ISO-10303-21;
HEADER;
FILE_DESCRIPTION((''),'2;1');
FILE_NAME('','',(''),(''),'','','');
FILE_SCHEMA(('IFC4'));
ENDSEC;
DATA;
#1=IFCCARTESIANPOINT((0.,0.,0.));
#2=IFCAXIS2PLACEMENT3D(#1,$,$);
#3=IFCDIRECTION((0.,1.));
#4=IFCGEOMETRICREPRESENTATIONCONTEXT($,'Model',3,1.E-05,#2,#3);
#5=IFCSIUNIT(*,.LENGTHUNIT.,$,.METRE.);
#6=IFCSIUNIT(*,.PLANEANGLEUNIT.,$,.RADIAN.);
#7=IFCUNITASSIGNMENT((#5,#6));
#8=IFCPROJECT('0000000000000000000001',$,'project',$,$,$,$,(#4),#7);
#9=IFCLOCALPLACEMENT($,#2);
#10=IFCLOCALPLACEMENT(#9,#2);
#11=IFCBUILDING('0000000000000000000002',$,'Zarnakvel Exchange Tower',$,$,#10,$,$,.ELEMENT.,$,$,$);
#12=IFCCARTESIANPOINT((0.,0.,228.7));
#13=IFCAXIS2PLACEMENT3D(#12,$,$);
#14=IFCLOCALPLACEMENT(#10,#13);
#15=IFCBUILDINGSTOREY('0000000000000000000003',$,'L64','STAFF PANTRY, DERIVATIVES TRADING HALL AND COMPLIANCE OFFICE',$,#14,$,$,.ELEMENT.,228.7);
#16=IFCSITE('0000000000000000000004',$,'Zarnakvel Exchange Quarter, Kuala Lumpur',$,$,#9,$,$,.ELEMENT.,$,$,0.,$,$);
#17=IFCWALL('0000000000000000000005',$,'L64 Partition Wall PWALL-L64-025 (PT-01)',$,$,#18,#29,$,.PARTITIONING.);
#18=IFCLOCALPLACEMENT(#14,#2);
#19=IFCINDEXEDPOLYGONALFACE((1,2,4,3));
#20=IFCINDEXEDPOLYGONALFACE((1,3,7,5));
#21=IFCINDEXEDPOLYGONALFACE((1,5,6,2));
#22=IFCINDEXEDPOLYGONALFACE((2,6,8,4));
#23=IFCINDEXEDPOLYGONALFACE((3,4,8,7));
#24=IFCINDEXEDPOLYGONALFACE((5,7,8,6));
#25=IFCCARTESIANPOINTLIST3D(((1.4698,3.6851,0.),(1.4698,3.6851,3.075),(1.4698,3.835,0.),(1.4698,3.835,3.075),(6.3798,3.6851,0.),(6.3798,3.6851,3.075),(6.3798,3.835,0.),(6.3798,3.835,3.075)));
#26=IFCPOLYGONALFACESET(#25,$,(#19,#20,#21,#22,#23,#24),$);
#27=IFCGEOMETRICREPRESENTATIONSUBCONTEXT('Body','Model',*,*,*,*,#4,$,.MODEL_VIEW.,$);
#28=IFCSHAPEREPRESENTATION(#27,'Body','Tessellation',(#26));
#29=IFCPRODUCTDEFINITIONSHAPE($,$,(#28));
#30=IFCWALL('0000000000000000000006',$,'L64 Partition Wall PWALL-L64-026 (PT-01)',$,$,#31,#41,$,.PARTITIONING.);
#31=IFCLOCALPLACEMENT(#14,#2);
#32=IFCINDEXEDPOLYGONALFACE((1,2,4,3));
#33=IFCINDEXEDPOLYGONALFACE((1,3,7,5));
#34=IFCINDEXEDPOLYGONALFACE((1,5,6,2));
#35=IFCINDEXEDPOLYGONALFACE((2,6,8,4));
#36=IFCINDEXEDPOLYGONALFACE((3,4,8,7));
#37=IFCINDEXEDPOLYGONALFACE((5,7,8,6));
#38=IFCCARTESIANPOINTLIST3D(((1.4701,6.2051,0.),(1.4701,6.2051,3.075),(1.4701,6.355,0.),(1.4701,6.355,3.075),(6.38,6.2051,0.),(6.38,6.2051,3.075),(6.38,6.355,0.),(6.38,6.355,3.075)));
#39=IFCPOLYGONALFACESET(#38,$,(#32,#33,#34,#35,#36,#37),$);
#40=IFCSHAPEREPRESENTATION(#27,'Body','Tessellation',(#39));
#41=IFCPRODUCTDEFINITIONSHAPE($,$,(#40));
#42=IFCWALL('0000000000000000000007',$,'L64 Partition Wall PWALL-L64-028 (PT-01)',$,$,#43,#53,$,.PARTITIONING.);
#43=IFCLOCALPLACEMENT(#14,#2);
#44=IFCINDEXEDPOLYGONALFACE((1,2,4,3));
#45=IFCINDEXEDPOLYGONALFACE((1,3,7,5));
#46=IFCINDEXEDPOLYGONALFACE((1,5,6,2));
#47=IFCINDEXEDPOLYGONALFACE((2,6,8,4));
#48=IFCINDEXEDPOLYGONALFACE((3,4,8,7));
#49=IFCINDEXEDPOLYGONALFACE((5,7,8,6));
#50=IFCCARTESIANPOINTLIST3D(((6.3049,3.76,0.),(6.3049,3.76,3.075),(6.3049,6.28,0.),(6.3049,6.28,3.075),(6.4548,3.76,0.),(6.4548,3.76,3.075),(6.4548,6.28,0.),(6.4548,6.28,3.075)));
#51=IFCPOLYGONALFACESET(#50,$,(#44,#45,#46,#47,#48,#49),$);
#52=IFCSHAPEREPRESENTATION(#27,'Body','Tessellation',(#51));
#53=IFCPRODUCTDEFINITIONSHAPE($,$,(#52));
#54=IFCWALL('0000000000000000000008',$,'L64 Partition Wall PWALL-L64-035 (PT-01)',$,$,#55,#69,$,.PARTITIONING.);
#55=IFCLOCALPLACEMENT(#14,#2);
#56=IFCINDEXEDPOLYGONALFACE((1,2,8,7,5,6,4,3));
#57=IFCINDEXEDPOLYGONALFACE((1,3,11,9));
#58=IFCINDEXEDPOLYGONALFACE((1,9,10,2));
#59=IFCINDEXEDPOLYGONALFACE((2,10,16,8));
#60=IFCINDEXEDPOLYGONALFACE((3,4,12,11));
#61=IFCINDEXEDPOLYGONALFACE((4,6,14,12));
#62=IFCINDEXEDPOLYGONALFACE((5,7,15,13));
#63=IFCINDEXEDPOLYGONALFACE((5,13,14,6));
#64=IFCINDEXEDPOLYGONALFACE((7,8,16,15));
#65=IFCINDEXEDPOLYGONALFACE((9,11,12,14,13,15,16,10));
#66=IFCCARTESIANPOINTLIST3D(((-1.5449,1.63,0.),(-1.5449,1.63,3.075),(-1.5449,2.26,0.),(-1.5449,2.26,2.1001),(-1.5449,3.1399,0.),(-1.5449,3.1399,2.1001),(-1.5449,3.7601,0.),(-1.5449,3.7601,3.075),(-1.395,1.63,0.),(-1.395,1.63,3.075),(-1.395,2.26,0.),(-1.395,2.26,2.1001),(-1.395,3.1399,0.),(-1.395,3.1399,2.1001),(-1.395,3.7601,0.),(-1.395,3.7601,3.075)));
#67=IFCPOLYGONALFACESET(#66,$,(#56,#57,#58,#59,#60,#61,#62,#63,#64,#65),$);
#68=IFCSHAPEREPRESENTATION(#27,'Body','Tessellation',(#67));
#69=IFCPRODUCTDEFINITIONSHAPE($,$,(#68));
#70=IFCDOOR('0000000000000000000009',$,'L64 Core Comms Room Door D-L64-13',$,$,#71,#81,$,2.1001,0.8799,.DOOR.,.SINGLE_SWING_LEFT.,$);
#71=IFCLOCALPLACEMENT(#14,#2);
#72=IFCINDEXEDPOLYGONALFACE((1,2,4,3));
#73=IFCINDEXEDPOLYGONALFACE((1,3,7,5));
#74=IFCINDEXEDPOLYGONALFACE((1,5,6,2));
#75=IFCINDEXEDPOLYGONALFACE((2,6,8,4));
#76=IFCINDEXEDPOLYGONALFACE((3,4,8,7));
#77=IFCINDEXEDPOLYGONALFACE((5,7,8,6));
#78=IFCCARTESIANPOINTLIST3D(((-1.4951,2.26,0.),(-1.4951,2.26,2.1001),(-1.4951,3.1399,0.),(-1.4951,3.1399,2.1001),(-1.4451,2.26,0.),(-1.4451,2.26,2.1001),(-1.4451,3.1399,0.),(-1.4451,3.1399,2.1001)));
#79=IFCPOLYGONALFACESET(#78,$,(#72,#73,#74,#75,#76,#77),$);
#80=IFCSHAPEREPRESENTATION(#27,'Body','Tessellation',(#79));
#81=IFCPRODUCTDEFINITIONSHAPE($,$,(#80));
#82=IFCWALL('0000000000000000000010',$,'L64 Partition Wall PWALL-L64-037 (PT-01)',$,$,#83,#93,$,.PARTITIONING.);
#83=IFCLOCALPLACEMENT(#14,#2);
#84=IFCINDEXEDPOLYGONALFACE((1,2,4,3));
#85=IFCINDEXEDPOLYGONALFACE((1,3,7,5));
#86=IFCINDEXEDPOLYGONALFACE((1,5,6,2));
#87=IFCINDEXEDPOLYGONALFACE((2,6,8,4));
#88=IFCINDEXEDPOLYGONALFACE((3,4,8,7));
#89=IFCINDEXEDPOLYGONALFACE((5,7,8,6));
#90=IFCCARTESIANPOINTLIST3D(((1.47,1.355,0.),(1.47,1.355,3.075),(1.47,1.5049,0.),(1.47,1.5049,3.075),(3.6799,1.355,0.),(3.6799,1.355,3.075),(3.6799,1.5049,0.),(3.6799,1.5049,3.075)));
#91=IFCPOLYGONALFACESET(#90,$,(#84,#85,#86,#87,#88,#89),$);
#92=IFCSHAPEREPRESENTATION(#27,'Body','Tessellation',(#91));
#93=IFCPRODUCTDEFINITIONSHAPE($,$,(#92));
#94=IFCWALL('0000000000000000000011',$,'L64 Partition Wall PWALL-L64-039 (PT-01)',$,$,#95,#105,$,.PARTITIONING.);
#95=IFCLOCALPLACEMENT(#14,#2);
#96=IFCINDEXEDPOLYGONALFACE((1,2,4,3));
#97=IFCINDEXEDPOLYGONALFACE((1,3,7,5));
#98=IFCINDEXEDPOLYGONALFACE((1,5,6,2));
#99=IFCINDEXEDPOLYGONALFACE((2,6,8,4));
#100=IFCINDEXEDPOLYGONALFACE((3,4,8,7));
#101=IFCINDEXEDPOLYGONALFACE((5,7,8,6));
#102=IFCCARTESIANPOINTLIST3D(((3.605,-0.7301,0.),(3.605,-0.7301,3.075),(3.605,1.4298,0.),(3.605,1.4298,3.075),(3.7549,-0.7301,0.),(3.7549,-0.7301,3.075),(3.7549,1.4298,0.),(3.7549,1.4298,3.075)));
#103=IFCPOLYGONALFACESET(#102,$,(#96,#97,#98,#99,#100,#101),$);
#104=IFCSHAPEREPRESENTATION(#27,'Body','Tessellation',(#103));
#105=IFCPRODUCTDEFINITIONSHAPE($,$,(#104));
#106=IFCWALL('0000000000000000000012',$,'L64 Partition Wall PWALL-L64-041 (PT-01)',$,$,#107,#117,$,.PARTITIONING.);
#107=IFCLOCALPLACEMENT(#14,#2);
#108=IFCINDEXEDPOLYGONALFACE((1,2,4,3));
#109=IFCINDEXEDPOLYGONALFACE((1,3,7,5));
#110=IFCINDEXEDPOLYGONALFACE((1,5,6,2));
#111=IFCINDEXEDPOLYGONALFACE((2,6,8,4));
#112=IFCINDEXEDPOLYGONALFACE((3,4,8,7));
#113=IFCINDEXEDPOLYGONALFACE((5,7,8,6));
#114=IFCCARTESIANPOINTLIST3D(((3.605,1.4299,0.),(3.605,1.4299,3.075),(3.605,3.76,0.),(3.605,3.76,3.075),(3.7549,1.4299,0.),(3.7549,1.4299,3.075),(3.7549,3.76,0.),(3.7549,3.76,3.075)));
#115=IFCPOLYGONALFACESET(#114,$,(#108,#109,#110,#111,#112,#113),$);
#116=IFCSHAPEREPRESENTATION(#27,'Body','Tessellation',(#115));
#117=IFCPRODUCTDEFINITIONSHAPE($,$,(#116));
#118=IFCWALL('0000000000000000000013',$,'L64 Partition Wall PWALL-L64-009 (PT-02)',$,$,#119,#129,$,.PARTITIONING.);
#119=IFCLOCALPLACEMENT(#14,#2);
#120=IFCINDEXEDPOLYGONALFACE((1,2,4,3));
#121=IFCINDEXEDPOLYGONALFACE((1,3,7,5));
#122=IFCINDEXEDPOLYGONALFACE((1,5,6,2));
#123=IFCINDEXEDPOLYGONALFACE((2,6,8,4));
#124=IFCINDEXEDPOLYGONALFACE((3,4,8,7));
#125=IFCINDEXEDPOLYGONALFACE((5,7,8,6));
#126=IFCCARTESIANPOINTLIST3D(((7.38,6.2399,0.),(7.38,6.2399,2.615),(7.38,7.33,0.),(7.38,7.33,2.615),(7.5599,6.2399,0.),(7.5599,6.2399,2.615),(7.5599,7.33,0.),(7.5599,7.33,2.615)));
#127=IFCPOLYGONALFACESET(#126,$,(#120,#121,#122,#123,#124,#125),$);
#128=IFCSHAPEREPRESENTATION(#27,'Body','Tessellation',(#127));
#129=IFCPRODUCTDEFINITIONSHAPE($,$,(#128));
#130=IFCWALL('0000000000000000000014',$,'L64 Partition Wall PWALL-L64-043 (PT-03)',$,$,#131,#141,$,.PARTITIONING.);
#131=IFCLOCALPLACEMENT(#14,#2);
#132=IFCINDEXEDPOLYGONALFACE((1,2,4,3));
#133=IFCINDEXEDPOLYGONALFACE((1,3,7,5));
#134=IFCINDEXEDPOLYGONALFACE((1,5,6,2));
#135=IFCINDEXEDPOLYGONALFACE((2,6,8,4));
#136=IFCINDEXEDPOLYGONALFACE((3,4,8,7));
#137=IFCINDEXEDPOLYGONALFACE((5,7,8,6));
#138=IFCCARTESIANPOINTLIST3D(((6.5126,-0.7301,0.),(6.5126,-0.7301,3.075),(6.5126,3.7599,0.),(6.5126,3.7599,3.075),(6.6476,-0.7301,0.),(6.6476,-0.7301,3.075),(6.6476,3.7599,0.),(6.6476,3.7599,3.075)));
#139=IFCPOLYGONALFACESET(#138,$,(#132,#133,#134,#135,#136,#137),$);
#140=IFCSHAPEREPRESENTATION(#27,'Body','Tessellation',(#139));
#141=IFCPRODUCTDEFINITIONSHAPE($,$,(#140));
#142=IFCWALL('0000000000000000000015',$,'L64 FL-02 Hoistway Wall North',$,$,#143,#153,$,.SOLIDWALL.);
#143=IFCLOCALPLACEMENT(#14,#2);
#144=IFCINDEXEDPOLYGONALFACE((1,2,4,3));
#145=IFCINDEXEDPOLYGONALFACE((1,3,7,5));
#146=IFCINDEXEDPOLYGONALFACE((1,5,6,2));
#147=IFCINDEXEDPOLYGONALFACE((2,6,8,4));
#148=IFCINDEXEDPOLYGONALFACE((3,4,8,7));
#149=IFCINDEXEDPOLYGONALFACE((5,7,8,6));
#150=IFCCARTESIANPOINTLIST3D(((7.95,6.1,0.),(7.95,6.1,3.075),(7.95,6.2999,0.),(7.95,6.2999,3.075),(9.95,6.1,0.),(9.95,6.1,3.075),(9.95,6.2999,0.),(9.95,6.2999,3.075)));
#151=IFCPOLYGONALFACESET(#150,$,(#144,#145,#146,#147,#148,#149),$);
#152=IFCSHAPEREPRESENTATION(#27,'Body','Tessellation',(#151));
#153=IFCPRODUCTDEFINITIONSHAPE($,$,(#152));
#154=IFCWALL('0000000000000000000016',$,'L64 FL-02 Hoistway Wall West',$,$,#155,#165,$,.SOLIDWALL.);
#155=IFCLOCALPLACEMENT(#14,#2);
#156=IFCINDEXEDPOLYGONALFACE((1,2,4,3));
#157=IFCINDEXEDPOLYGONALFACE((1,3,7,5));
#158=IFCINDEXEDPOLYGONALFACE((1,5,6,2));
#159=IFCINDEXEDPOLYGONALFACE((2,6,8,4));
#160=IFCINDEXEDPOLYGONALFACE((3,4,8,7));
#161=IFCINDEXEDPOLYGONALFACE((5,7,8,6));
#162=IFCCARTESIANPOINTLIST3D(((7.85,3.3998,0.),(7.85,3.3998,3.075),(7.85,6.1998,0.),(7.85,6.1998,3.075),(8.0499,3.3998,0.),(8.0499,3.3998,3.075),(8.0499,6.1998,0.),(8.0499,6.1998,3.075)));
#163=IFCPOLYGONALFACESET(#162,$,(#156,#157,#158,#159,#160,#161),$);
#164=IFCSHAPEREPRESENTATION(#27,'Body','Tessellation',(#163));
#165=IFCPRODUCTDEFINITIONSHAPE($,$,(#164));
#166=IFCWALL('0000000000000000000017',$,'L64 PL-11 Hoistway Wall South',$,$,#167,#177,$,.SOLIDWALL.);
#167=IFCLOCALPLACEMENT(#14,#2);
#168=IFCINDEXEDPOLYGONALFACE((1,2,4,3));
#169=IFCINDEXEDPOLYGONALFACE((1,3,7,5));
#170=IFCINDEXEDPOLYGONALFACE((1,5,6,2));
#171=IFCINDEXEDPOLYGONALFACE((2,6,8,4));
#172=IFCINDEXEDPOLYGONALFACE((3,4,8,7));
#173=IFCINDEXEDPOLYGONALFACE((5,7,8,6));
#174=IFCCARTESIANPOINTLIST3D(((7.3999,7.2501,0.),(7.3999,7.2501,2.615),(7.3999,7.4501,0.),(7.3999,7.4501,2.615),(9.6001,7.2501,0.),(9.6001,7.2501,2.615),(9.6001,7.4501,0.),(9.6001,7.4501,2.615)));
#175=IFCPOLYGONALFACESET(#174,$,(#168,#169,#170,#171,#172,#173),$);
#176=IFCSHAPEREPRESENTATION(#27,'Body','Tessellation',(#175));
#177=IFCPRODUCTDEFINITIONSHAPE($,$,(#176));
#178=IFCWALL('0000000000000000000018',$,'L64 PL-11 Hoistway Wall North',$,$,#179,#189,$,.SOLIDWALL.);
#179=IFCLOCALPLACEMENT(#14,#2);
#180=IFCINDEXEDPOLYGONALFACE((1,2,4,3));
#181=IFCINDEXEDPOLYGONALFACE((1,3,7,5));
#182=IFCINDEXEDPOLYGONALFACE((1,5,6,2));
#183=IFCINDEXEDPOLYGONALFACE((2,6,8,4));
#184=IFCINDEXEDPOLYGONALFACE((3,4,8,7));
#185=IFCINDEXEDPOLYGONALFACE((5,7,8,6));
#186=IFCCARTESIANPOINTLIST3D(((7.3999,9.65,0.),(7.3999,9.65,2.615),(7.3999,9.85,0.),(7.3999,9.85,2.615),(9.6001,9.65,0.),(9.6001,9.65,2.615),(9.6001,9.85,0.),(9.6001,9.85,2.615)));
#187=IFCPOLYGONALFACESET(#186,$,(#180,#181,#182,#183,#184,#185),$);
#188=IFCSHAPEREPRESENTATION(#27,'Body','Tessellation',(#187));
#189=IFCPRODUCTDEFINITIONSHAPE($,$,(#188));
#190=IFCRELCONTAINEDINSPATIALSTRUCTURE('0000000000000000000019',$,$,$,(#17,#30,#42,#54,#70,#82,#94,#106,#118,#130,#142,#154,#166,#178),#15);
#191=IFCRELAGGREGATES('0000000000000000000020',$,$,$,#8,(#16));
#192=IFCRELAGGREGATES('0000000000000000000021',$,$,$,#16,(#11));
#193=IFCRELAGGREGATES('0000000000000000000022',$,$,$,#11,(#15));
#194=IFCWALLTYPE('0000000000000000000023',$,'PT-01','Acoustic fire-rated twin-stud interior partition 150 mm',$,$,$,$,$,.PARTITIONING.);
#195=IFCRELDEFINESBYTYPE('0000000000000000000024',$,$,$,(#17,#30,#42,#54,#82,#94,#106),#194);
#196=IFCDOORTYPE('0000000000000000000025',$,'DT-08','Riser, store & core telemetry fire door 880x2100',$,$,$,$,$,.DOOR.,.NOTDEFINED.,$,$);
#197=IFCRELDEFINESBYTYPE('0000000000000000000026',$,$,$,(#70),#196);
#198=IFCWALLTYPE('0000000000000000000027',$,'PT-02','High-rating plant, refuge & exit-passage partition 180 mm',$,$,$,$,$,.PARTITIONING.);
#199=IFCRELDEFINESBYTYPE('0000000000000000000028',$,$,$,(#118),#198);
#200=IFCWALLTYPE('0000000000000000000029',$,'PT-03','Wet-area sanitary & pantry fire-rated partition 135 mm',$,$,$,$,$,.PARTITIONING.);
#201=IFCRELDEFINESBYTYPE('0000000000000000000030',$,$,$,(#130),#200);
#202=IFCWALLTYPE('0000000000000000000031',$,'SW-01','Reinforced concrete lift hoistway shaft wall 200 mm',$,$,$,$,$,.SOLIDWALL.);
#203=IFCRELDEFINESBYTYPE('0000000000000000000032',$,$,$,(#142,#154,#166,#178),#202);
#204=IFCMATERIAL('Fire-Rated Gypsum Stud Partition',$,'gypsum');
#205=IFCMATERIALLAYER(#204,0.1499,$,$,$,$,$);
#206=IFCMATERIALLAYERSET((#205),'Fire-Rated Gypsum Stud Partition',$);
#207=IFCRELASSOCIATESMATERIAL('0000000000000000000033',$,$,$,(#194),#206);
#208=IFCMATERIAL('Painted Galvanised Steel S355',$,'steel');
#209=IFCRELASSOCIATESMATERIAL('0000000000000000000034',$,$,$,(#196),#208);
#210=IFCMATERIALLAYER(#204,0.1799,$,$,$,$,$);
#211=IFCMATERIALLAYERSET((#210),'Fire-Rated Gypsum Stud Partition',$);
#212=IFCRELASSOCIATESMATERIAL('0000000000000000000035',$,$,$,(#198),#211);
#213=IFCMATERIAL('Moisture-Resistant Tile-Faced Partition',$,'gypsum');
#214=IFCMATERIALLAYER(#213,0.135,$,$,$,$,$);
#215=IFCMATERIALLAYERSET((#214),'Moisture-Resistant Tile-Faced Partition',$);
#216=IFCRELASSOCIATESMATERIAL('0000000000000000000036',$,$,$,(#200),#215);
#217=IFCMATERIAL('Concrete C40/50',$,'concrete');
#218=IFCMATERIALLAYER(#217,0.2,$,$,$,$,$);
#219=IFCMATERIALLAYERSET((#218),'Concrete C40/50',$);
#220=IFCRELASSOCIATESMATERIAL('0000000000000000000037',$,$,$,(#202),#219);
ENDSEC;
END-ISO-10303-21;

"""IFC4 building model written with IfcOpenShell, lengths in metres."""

from ifc_helpers import new_model, si_unit, direction, frame, frame_2d, origin, place, context, subcontext, project, spatial, rectangle, extrude, source, transform, mapped, material, layer, layer_set, type_object, element, fill, save


model = new_model("IFC4")

# Units and contexts
model_context = context("Model", 3, precision=1e-05, world=origin(), true_north=direction((0.0, 1.0)))
body_context = subcontext(model_context, "Body", "Model", "MODEL_VIEW")
ifc_project = project(units=[si_unit("LENGTHUNIT", "METRE"), si_unit("PLANEANGLEUNIT", "RADIAN")], contexts=[model_context])

# Site, building, storey
site_placement = place(None, origin())
site = spatial("IfcSite", under=ifc_project, at=site_placement, Name="Zarnakvel Exchange Quarter, Kuala Lumpur", CompositionType="ELEMENT", RefElevation=0.0)
building_placement = place(site_placement, origin())
building = spatial("IfcBuilding", under=site, at=building_placement, Name="Zarnakvel Exchange Tower", CompositionType="ELEMENT")
storey_placement = place(building_placement, frame((0.0, 0.0, 228.7)))
storey = spatial("IfcBuildingStorey", under=building, at=storey_placement, Name="L64", Description="STAFF PANTRY, DERIVATIVES TRADING HALL AND COMPLIANCE OFFICE", CompositionType="ELEMENT", Elevation=228.7)

# Walls
ifc_material_1 = material(Name="Fire-Rated Gypsum Stud Partition", Category="gypsum")
ifc_layer_1 = layer(ifc_material_1, 0.1499)
ifc_layer_set_1 = layer_set([ifc_layer_1], Name="Fire-Rated Gypsum Stud Partition")
wall_type_1 = type_object("IfcWallType", Name="PT-01", Description="Acoustic fire-rated twin-stud interior partition 150 mm", PredefinedType="PARTITIONING", material=ifc_layer_set_1)
for number, where, z_axis, x_axis, name in (
    (1, (6.3799, 3.76, 0.0), (0.0, 0.0, 1.0), (-1.0, 0.0, 0.0), "L64 Partition Wall PWALL-L64-025 (PT-01)"),
    (2, (1.47, 6.28, 0.0), (0.0, 0.0, 1.0), (1.0, 0.0, 0.0), "L64 Partition Wall PWALL-L64-026 (PT-01)"),
):
    element("IfcWall", number, at=place(storey_placement, frame(where, z_axis=z_axis, x_axis=x_axis)), inside=storey, type_object=wall_type_1, Name=name, PredefinedType="PARTITIONING", context=body_context, shape_type="SweptSolid", body=[
        extrude(rectangle(XDim=4.9099, YDim=0.1499, at=frame_2d((2.4551, 0.0))), origin(), (0.0, 0.0, 1.0), 3.075),
    ])

# Wall
wall_1_placement = place(storey_placement, frame((6.3799, 6.28, 0.0), z_axis=(0.0, 0.0, 1.0), x_axis=(0.0, -1.0, 0.0)))
element("IfcWall", 3, at=wall_1_placement, inside=storey, type_object=wall_type_1, Name="L64 Partition Wall PWALL-L64-028 (PT-01)", PredefinedType="PARTITIONING", context=body_context, shape_type="SweptSolid", body=[
    extrude(rectangle(XDim=2.52, YDim=0.1499, at=frame_2d((1.26, 0.0))), origin(), (0.0, 0.0, 1.0), 3.075),
])

# Wall, opening, door
wall_2_placement = place(storey_placement, frame((-1.47, 3.76, 0.0), z_axis=(0.0, 0.0, 1.0), x_axis=(0.0, -1.0, 0.0)))
wall_2 = element("IfcWall", 4, at=wall_2_placement, inside=storey, type_object=wall_type_1, Name="L64 Partition Wall PWALL-L64-035 (PT-01)", PredefinedType="PARTITIONING", context=body_context, shape_type="SweptSolid", body=[
    extrude(rectangle(XDim=2.1301, YDim=0.1499, at=frame_2d((1.0649, 0.0))), origin(), (0.0, 0.0, 1.0), 3.075),
])
opening_1_placement = place(wall_2_placement, frame((0.6201, 0.0, 0.0)))
opening_1 = element("IfcOpeningElement", 5, at=opening_1_placement, cuts=wall_2, PredefinedType="OPENING", context=body_context, shape_type="SweptSolid", body=[
    extrude(rectangle(XDim=0.8799, YDim=2.1001, at=frame_2d((0.4399, 1.05))), frame((0.0, 0.085, 0.0), z_axis=(0.0, -1.0, 0.0), x_axis=(1.0, 0.0, 0.0)), (0.0, 0.0, 1.0), 0.1699),
])
ifc_material_2 = material(Name="Painted Galvanised Steel S355", Category="steel")
door_type_1 = type_object("IfcDoorType", Name="DT-08", Description="Riser, store & core telemetry fire door 880x2100", OperationType="NOTDEFINED", PredefinedType="DOOR", material=ifc_material_2)
shared_shape_1 = source(origin(), body_context, "Body", "SweptSolid", [
    extrude(rectangle(XDim=0.8799, YDim=2.1001, at=frame_2d((0.4399, 1.05))), frame((0.0, 0.0249, 0.0), z_axis=(0.0, -1.0, 0.0), x_axis=(1.0, 0.0, 0.0)), (0.0, 0.0, 1.0), 0.05),
])
door_1_placement = place(opening_1_placement, origin())
door_1 = element("IfcDoor", 6, at=door_1_placement, inside=storey, type_object=door_type_1, Name="L64 Core Comms Room Door D-L64-13", OperationType="SINGLE_SWING_LEFT", OverallHeight=2.1001, OverallWidth=0.8799, PredefinedType="DOOR", context=body_context, shape_type="MappedRepresentation", body=[
    mapped(shared_shape_1, transform((0.0, 0.0, 0.0), x_axis=(1.0, 0.0, 0.0), y_axis=(0.0, 1.0, 0.0), z_axis=(0.0, 0.0, 1.0), scale=1.0)),
])
fill(opening_1, door_1)

# Walls
wall_3_placement = place(storey_placement, frame((1.47, 1.4299, 0.0), z_axis=(0.0, 0.0, 1.0), x_axis=(1.0, 0.0, 0.0)))
element("IfcWall", 7, at=wall_3_placement, inside=storey, type_object=wall_type_1, Name="L64 Partition Wall PWALL-L64-037 (PT-01)", PredefinedType="PARTITIONING", context=body_context, shape_type="SweptSolid", body=[
    extrude(rectangle(XDim=2.21, YDim=0.1499, at=frame_2d((1.105, 0.0))), origin(), (0.0, 0.0, 1.0), 3.075),
])
wall_4_placement = place(storey_placement, frame((3.6799, 1.4299, 0.0), z_axis=(0.0, 0.0, 1.0), x_axis=(0.0, -1.0, 0.0)))
element("IfcWall", 8, at=wall_4_placement, inside=storey, type_object=wall_type_1, Name="L64 Partition Wall PWALL-L64-039 (PT-01)", PredefinedType="PARTITIONING", context=body_context, shape_type="SweptSolid", body=[
    extrude(rectangle(XDim=2.1599, YDim=0.1499, at=frame_2d((1.0801, 0.0))), origin(), (0.0, 0.0, 1.0), 3.075),
])

# Walls
wall_5_placement = place(storey_placement, frame((3.6799, 3.76, 0.0), z_axis=(0.0, 0.0, 1.0), x_axis=(0.0, -1.0, 0.0)))
element("IfcWall", 9, at=wall_5_placement, inside=storey, type_object=wall_type_1, Name="L64 Partition Wall PWALL-L64-041 (PT-01)", PredefinedType="PARTITIONING", context=body_context, shape_type="SweptSolid", body=[
    extrude(rectangle(XDim=2.3301, YDim=0.1499, at=frame_2d((1.165, 0.0))), origin(), (0.0, 0.0, 1.0), 3.075),
])
ifc_layer_2 = layer(ifc_material_1, 0.1799)
ifc_layer_set_2 = layer_set([ifc_layer_2], Name="Fire-Rated Gypsum Stud Partition")
wall_type_2 = type_object("IfcWallType", Name="PT-02", Description="High-rating plant, refuge & exit-passage partition 180 mm", PredefinedType="PARTITIONING", material=ifc_layer_set_2)
wall_6_placement = place(storey_placement, frame((7.47, 6.24, 0.0), z_axis=(0.0, 0.0, 1.0), x_axis=(0.0, 1.0, 0.0)))
element("IfcWall", 10, at=wall_6_placement, inside=storey, type_object=wall_type_2, Name="L64 Partition Wall PWALL-L64-009 (PT-02)", PredefinedType="PARTITIONING", context=body_context, shape_type="SweptSolid", body=[
    extrude(rectangle(XDim=1.0901, YDim=0.1799, at=frame_2d((0.5449, 0.0))), origin(), (0.0, 0.0, 1.0), 2.615),
])
ifc_material_3 = material(Name="Moisture-Resistant Tile-Faced Partition", Category="gypsum")
ifc_layer_3 = layer(ifc_material_3, 0.135)
ifc_layer_set_3 = layer_set([ifc_layer_3], Name="Moisture-Resistant Tile-Faced Partition")
wall_type_3 = type_object("IfcWallType", Name="PT-03", Description="Wet-area sanitary & pantry fire-rated partition 135 mm", PredefinedType="PARTITIONING", material=ifc_layer_set_3)
wall_7_placement = place(storey_placement, frame((6.5801, 3.76, 0.0), z_axis=(0.0, 0.0, 1.0), x_axis=(0.0, -1.0, 0.0)))
element("IfcWall", 11, at=wall_7_placement, inside=storey, type_object=wall_type_3, Name="L64 Partition Wall PWALL-L64-043 (PT-03)", PredefinedType="PARTITIONING", context=body_context, shape_type="SweptSolid", body=[
    extrude(rectangle(XDim=4.49, YDim=0.135, at=frame_2d((2.2451, 0.0))), origin(), (0.0, 0.0, 1.0), 3.075),
])
ifc_material_4 = material(Name="Concrete C40/50", Category="concrete")
ifc_layer_4 = layer(ifc_material_4, 0.2)
ifc_layer_set_4 = layer_set([ifc_layer_4], Name="Concrete C40/50")
wall_type_4 = type_object("IfcWallType", Name="SW-01", Description="Reinforced concrete lift hoistway shaft wall 200 mm", PredefinedType="SOLIDWALL", material=ifc_layer_set_4)
wall_8_placement = place(storey_placement, frame((7.95, 6.2, 0.0), z_axis=(0.0, 0.0, 1.0), x_axis=(1.0, 0.0, 0.0)))
element("IfcWall", 12, at=wall_8_placement, inside=storey, type_object=wall_type_4, Name="L64 FL-02 Hoistway Wall North", PredefinedType="SOLIDWALL", context=body_context, shape_type="SweptSolid", body=[
    extrude(rectangle(XDim=2.0, YDim=0.2, at=frame_2d((1.0, 0.0))), origin(), (0.0, 0.0, 1.0), 3.075),
])
wall_9_placement = place(storey_placement, frame((7.95, 3.3999, 0.0), z_axis=(0.0, 0.0, 1.0), x_axis=(0.0, 1.0, 0.0)))
element("IfcWall", 13, at=wall_9_placement, inside=storey, type_object=wall_type_4, Name="L64 FL-02 Hoistway Wall West", PredefinedType="SOLIDWALL", context=body_context, shape_type="SweptSolid", body=[
    extrude(rectangle(XDim=2.8, YDim=0.2, at=frame_2d((1.3999, 0.0))), origin(), (0.0, 0.0, 1.0), 3.075),
])
for number, where, z_axis, x_axis, name in (
    (14, (9.6001, 7.3501, 0.0), (0.0, 0.0, 1.0), (-1.0, 0.0, 0.0), "L64 PL-11 Hoistway Wall South"),
    (15, (7.3999, 9.75, 0.0), (0.0, 0.0, 1.0), (1.0, 0.0, 0.0), "L64 PL-11 Hoistway Wall North"),
):
    element("IfcWall", number, at=place(storey_placement, frame(where, z_axis=z_axis, x_axis=x_axis)), inside=storey, type_object=wall_type_4, Name=name, PredefinedType="SOLIDWALL", context=body_context, shape_type="SweptSolid", body=[
        extrude(rectangle(XDim=2.2002, YDim=0.2, at=frame_2d((1.1001, 0.0))), origin(), (0.0, 0.0, 1.0), 2.615),
    ])

save(model, "model.ifc")
